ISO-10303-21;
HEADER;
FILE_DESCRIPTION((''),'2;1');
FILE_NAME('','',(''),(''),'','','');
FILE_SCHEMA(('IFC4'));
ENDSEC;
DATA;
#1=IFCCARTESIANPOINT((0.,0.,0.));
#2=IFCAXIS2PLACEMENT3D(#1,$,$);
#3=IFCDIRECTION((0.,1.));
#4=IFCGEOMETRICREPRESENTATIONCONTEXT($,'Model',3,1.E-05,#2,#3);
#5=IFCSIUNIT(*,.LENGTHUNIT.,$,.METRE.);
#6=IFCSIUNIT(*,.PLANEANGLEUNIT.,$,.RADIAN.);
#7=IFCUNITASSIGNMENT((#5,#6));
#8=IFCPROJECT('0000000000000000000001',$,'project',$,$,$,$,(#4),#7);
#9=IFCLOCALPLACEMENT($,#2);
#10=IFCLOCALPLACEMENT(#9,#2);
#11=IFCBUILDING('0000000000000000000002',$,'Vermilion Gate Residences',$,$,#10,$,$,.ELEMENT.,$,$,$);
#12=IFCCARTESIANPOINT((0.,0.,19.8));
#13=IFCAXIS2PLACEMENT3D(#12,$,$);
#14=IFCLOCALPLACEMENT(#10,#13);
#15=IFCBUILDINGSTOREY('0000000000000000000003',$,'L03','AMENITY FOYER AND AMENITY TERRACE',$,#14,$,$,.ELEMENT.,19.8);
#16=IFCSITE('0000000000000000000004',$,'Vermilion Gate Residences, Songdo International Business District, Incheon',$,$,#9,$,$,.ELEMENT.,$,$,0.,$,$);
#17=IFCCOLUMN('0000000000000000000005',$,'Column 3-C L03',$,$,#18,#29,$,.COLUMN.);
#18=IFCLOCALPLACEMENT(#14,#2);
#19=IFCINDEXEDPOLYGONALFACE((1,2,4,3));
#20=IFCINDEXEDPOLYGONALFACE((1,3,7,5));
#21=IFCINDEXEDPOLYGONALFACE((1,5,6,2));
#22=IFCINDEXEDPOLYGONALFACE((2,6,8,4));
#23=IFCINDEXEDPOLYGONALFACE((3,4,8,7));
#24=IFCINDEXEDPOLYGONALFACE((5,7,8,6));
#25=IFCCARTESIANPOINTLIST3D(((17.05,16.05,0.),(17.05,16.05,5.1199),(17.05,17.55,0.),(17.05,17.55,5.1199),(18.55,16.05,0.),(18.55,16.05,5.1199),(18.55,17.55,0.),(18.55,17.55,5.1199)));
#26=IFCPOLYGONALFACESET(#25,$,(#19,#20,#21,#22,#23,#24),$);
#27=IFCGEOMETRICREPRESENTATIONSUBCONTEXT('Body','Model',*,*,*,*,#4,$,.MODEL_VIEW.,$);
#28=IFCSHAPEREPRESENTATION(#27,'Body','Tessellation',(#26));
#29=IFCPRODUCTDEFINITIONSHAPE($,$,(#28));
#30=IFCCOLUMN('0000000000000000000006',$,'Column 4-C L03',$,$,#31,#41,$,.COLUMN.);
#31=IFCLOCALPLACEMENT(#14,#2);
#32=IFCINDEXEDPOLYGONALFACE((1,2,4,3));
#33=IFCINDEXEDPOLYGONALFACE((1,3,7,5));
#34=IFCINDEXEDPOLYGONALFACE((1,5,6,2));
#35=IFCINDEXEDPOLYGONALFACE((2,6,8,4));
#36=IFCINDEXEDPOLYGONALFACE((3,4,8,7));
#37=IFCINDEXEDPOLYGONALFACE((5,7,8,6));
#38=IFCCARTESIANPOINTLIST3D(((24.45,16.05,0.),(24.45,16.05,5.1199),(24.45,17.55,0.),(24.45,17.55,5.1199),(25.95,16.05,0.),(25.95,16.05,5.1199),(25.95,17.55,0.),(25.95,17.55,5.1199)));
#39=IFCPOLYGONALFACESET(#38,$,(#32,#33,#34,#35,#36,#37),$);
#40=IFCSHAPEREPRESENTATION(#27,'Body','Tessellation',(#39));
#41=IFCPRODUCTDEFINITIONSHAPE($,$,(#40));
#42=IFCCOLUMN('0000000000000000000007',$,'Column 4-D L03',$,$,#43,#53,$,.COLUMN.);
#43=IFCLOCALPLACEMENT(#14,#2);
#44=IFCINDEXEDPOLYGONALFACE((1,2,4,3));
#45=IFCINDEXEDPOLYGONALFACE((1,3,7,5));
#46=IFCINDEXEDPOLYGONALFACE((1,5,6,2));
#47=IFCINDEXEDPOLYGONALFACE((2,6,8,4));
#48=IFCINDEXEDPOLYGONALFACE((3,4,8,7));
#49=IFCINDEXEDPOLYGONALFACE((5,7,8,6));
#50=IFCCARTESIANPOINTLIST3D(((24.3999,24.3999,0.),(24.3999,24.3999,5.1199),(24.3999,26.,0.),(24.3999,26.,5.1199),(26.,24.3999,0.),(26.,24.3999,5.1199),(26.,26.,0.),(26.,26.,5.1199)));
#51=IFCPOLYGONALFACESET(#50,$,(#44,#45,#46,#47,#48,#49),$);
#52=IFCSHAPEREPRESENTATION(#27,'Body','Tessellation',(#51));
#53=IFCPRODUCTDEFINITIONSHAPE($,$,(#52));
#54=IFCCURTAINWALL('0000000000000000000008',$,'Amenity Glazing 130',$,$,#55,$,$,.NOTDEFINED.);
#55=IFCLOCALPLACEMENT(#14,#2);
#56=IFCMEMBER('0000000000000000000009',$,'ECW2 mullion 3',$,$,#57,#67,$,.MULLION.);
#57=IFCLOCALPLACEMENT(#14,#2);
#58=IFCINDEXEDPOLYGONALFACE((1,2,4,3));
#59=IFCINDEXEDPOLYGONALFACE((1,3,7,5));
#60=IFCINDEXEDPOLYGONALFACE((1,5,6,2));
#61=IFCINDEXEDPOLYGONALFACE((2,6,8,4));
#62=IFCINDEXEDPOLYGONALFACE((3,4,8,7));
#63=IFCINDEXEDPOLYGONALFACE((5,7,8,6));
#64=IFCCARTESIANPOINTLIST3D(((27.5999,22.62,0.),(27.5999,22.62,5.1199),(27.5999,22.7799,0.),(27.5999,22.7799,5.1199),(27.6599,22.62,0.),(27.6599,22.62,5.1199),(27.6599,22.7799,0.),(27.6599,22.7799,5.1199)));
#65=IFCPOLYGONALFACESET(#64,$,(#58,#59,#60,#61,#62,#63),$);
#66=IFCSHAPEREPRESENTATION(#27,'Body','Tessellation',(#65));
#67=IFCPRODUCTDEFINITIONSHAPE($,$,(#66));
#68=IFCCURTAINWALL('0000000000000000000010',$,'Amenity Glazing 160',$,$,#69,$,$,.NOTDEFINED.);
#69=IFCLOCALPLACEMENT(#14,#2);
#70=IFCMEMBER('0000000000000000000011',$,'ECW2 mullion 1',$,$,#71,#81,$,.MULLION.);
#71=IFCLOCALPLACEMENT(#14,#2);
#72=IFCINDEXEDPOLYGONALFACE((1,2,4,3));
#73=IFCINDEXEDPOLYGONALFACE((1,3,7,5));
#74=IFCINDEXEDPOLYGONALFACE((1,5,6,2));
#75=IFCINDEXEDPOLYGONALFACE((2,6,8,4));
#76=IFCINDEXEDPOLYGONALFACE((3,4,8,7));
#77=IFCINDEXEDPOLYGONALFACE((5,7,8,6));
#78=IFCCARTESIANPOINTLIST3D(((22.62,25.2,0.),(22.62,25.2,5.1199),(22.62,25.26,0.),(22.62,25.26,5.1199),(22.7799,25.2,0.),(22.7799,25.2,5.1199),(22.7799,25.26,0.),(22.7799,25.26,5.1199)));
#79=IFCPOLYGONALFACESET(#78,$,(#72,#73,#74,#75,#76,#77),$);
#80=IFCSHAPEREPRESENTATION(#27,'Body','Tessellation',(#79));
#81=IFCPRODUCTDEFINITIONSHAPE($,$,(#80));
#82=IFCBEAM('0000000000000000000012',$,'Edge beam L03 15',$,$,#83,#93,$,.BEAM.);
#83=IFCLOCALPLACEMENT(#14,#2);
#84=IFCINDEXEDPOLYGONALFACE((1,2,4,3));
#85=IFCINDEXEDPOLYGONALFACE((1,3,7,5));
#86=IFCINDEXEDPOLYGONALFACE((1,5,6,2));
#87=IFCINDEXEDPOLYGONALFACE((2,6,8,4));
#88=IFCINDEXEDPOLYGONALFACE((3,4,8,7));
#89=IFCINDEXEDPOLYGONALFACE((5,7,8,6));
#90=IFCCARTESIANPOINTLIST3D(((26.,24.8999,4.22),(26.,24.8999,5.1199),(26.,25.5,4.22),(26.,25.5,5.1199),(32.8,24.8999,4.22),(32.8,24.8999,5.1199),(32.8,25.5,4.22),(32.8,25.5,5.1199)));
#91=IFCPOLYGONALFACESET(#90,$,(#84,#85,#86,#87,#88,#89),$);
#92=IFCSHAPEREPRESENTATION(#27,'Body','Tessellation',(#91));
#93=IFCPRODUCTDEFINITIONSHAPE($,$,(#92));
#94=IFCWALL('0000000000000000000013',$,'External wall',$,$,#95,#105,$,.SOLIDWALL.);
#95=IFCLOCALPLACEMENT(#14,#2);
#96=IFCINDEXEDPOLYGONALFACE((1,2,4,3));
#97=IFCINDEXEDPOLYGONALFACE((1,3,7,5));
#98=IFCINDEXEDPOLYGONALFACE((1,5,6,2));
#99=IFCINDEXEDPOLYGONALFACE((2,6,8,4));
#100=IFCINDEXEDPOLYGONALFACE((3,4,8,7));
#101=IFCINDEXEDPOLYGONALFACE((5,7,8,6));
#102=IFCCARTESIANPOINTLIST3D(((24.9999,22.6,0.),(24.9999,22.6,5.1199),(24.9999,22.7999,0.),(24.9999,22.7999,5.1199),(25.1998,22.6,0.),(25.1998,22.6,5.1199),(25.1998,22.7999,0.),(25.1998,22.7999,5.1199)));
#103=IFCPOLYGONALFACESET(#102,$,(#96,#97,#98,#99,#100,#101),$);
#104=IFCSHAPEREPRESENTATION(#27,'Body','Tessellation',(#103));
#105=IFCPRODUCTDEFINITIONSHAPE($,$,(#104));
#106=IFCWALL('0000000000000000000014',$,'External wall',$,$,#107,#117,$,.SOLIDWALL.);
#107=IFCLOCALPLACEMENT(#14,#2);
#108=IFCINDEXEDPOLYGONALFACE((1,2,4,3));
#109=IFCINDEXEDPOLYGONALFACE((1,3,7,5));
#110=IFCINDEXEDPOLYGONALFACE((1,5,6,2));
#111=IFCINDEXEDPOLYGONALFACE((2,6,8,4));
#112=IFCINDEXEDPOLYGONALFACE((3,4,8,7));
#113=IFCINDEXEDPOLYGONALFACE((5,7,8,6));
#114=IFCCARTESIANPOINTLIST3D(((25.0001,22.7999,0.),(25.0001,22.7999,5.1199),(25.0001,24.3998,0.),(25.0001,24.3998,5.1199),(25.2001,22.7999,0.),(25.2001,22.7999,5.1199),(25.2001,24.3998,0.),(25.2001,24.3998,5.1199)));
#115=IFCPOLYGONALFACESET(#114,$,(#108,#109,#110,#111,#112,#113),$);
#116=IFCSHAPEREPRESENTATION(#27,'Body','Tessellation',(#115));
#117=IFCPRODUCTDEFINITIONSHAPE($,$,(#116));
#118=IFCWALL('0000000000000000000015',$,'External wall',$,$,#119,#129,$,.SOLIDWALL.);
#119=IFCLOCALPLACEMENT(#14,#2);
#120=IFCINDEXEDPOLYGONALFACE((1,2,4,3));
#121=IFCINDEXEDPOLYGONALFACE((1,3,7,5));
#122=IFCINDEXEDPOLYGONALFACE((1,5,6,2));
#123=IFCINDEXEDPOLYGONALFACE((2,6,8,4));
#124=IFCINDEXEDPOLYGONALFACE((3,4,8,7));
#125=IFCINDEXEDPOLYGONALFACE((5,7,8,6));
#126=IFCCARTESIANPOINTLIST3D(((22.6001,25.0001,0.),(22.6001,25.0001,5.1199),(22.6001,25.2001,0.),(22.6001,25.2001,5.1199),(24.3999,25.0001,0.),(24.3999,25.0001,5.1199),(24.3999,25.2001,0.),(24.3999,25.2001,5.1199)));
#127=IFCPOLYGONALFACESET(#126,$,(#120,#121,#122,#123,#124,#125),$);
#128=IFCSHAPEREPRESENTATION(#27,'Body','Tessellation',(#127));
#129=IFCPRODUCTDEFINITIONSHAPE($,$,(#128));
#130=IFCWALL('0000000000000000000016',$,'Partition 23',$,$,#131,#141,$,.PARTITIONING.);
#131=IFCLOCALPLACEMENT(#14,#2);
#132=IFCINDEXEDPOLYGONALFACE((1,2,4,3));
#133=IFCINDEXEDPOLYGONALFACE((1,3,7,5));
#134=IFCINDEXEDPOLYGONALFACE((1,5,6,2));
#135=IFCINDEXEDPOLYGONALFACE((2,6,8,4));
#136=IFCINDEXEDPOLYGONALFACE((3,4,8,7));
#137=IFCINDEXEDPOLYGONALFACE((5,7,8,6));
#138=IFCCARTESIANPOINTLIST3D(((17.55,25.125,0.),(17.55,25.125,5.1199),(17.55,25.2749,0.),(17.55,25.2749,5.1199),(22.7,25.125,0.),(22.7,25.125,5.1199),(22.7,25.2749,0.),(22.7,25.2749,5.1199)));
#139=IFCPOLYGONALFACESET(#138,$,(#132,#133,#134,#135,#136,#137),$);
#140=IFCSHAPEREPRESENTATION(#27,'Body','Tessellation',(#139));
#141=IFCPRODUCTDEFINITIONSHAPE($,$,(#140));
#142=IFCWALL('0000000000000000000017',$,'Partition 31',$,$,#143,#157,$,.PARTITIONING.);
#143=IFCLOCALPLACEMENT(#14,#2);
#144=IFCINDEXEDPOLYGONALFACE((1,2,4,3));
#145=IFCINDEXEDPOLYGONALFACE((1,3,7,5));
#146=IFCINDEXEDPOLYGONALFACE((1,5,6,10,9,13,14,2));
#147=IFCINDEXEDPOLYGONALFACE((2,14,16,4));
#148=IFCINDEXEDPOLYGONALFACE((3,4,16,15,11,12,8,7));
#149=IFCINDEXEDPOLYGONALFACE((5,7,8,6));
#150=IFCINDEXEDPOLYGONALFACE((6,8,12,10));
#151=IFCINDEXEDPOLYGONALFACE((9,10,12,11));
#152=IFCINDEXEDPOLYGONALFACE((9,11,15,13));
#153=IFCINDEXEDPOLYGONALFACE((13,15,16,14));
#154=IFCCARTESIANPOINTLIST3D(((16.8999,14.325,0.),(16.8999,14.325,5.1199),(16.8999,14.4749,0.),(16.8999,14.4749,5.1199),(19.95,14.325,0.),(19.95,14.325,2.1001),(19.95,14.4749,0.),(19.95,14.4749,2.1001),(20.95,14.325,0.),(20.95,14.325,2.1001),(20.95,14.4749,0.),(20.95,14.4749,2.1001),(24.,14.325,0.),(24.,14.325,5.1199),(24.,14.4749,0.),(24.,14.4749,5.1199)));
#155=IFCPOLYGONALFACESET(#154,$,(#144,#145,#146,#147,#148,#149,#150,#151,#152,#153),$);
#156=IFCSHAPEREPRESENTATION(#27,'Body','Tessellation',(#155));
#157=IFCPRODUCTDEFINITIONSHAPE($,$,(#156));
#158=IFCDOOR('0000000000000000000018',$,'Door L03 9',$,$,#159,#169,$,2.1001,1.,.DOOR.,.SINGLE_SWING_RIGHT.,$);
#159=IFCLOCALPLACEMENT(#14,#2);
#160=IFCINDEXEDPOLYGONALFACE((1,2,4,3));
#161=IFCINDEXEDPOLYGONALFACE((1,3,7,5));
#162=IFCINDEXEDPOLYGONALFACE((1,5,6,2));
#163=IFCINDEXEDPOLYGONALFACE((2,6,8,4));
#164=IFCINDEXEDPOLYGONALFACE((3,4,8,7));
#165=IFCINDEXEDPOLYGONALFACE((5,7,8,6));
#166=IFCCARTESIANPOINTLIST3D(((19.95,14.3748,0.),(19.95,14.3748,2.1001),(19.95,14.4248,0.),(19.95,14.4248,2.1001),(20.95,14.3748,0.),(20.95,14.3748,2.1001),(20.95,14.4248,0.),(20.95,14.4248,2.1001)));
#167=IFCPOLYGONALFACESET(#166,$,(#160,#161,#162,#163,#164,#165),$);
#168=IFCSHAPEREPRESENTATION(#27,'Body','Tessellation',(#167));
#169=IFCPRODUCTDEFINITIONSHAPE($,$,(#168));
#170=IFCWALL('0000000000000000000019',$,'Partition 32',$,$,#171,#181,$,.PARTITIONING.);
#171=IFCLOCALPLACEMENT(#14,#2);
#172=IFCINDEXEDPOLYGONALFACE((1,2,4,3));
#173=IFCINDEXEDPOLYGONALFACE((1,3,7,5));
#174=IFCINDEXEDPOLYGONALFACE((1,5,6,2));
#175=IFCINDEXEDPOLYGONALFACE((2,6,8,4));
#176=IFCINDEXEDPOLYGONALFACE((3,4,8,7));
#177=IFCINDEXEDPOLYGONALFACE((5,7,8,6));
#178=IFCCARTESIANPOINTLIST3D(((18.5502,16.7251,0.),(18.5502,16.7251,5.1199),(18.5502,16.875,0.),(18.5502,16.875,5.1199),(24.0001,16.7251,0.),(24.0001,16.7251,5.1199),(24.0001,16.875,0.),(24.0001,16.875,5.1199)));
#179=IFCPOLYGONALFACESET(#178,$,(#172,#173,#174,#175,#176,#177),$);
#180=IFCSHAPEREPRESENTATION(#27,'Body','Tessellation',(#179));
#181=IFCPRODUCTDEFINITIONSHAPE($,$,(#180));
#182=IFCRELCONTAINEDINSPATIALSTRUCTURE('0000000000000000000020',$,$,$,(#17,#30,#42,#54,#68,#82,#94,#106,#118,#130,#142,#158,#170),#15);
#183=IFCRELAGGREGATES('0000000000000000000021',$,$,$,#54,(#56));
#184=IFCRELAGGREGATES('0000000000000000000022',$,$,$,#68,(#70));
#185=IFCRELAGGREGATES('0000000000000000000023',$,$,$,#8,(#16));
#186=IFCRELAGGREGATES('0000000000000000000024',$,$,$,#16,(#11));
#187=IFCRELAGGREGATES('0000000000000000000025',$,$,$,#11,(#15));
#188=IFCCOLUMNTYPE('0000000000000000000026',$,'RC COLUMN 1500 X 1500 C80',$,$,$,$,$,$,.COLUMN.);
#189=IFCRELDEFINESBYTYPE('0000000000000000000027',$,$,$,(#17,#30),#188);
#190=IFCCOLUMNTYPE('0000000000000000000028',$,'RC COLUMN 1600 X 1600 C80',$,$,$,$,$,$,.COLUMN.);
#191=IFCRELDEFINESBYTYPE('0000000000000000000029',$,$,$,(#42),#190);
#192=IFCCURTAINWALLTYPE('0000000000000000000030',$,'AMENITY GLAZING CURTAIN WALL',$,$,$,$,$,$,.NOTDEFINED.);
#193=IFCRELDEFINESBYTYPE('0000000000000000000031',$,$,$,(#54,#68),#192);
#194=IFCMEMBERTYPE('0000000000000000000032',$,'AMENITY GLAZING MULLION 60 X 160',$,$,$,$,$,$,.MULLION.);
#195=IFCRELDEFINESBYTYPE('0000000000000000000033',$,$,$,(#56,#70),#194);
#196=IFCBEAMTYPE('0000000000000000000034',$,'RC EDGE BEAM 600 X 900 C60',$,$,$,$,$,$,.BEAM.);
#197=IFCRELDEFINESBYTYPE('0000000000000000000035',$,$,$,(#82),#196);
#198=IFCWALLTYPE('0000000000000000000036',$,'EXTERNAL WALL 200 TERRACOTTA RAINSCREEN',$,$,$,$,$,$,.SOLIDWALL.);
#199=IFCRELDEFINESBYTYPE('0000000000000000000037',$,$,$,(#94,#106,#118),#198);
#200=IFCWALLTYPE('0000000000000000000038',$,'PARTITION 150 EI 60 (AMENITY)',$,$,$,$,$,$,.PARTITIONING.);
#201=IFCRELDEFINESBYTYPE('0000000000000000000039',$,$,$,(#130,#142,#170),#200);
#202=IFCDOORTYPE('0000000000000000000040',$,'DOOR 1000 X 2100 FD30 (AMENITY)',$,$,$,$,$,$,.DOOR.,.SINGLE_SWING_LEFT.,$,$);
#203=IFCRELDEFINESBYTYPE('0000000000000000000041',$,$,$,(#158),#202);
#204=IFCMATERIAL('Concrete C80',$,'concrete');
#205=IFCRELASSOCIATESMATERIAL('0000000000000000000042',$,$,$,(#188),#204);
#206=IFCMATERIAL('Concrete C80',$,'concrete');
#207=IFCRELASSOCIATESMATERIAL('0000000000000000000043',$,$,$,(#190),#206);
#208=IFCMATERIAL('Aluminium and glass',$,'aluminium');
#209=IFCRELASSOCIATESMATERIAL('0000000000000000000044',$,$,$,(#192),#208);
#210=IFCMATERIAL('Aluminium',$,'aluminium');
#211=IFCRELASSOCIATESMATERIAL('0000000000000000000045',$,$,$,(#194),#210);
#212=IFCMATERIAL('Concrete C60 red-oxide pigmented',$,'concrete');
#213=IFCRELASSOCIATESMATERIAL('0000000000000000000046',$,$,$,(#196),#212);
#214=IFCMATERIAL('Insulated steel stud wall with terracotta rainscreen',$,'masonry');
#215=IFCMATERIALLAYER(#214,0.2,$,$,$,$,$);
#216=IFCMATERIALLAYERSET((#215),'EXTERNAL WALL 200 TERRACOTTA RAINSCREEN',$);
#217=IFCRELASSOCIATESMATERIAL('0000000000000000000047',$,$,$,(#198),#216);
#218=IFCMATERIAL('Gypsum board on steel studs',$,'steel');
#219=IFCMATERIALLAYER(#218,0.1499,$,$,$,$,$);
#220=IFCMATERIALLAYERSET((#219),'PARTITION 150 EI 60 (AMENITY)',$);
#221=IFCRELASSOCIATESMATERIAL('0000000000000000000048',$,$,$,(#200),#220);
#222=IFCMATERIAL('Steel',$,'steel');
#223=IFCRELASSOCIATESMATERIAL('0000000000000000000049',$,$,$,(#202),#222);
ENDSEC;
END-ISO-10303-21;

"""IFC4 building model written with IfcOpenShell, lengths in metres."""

from ifc_helpers import new_model, si_unit, direction, frame, frame_2d, origin, origin_2d, place, context, subcontext, project, spatial, rectangle, extrude, material, layer, layer_set, material_profile, profile_set, type_object, element, fill, aggregate, save


model = new_model("IFC4")

# Units and contexts
model_context = context("Model", 3, precision=1e-05, world=origin(), true_north=direction((0.0, 1.0)))
body_context = subcontext(model_context, "Body", "Model", "MODEL_VIEW")
ifc_project = project(units=[si_unit("LENGTHUNIT", "METRE"), si_unit("PLANEANGLEUNIT", "RADIAN")], contexts=[model_context])

# Site, building, storey
site_placement = place(None, origin())
site = spatial("IfcSite", under=ifc_project, at=site_placement, Name="Vermilion Gate Residences, Songdo International Business District, Incheon", CompositionType="ELEMENT", RefElevation=0.0)
building_placement = place(site_placement, origin())
building = spatial("IfcBuilding", under=site, at=building_placement, Name="Vermilion Gate Residences", CompositionType="ELEMENT")
storey_placement = place(building_placement, frame((0.0, 0.0, 19.8)))
storey = spatial("IfcBuildingStorey", under=building, at=storey_placement, Name="L03", Description="AMENITY FOYER AND AMENITY TERRACE", CompositionType="ELEMENT", Elevation=19.8)

# Columns
ifc_material_1 = material(Name="Concrete C80", Category="concrete")
ifc_material_profile_1 = material_profile(ifc_material_1, rectangle(XDim=1.5, YDim=1.5, at=origin_2d()), Name="RC-1500x1500")
ifc_profile_set_1 = profile_set([ifc_material_profile_1], Name="Concrete C80")
column_type_1 = type_object("IfcColumnType", Name="RC COLUMN 1500 X 1500 C80", PredefinedType="COLUMN", material=ifc_profile_set_1)
for number, where, z_axis, x_axis, name in (
    (1, (17.8, 16.8, 0.0), (0.0, 0.0, 1.0), (1.0, 0.0, 0.0), "Column 3-C L03"),
    (2, (25.2, 16.8, 0.0), (0.0, 0.0, 1.0), (1.0, 0.0, 0.0), "Column 4-C L03"),
):
    element("IfcColumn", number, at=place(storey_placement, frame(where, z_axis=z_axis, x_axis=x_axis)), inside=storey, type_object=column_type_1, Name=name, PredefinedType="COLUMN", context=body_context, shape_type="SweptSolid", body=[
        extrude(rectangle(XDim=1.5, YDim=1.5, at=origin_2d()), origin(), (0.0, 0.0, 1.0), 5.1199),
    ])
ifc_material_2 = material(Name="Concrete C80", Category="concrete")
ifc_material_profile_2 = material_profile(ifc_material_2, rectangle(XDim=1.6001, YDim=1.6001, at=origin_2d()), Name="RC-1600x1600")
ifc_profile_set_2 = profile_set([ifc_material_profile_2], Name="Concrete C80")
column_type_2 = type_object("IfcColumnType", Name="RC COLUMN 1600 X 1600 C80", PredefinedType="COLUMN", material=ifc_profile_set_2)
column_placement = place(storey_placement, frame((25.2, 25.2, 0.0), z_axis=(0.0, 0.0, 1.0), x_axis=(1.0, 0.0, 0.0)))
element("IfcColumn", 3, at=column_placement, inside=storey, type_object=column_type_2, Name="Column 4-D L03", PredefinedType="COLUMN", context=body_context, shape_type="SweptSolid", body=[
    extrude(rectangle(XDim=1.6001, YDim=1.6001, at=origin_2d()), origin(), (0.0, 0.0, 1.0), 5.1199),
])

# Curtain walls, members
ifc_material_3 = material(Name="Aluminium and glass", Category="aluminium")
curtain_wall_type = type_object("IfcCurtainWallType", Name="AMENITY GLAZING CURTAIN WALL", PredefinedType="NOTDEFINED", material=ifc_material_3)
curtain_wall_1_placement = place(storey_placement, origin())
curtain_wall_1 = element("IfcCurtainWall", 4, at=curtain_wall_1_placement, inside=storey, type_object=curtain_wall_type, Name="Amenity Glazing 130", PredefinedType="NOTDEFINED")
ifc_material_4 = material(Name="Aluminium", Category="aluminium")
ifc_material_profile_3 = material_profile(ifc_material_4, rectangle(XDim=0.1599, YDim=0.0601, at=origin_2d()), Name="MULLION 60 X 160")
ifc_profile_set_3 = profile_set([ifc_material_profile_3], Name="Aluminium")
member_type = type_object("IfcMemberType", Name="AMENITY GLAZING MULLION 60 X 160", PredefinedType="MULLION", material=ifc_profile_set_3)
member_1_placement = place(storey_placement, frame((27.6299, 22.7, 0.0), z_axis=(0.0, 0.0, 1.0), x_axis=(0.0, -1.0, 0.0)))
member_1 = element("IfcMember", 5, at=member_1_placement, type_object=member_type, Name="ECW2 mullion 3", PredefinedType="MULLION", context=body_context, shape_type="SweptSolid", body=[
    extrude(rectangle(XDim=0.1599, YDim=0.0601, at=origin_2d()), origin(), (0.0, 0.0, 1.0), 5.1199),
])
aggregate(curtain_wall_1, [member_1])
curtain_wall_2_placement = place(storey_placement, origin())
curtain_wall_2 = element("IfcCurtainWall", 6, at=curtain_wall_2_placement, inside=storey, type_object=curtain_wall_type, Name="Amenity Glazing 160", PredefinedType="NOTDEFINED")
member_2_placement = place(storey_placement, frame((22.7, 25.23, 0.0), z_axis=(0.0, 0.0, 1.0), x_axis=(-1.0, 0.0, 0.0)))
member_2 = element("IfcMember", 7, at=member_2_placement, type_object=member_type, Name="ECW2 mullion 1", PredefinedType="MULLION", context=body_context, shape_type="SweptSolid", body=[
    extrude(rectangle(XDim=0.1599, YDim=0.0601, at=origin_2d()), origin(), (0.0, 0.0, 1.0), 5.1199),
])
aggregate(curtain_wall_2, [member_2])

# Beam
ifc_material_5 = material(Name="Concrete C60 red-oxide pigmented", Category="concrete")
ifc_material_profile_4 = material_profile(ifc_material_5, rectangle(XDim=0.6001, YDim=0.8999, at=origin_2d()), Name="RC-600x900")
ifc_profile_set_4 = profile_set([ifc_material_profile_4], Name="Concrete C60 red-oxide pigmented")
beam_type = type_object("IfcBeamType", Name="RC EDGE BEAM 600 X 900 C60", PredefinedType="BEAM", material=ifc_profile_set_4)
beam_placement = place(storey_placement, frame((26.0, 25.2, 4.6699), z_axis=(1.0, 0.0, 0.0), x_axis=(0.0, 1.0, 0.0)))
element("IfcBeam", 8, at=beam_placement, inside=storey, type_object=beam_type, Name="Edge beam L03 15", PredefinedType="BEAM", context=body_context, shape_type="SweptSolid", body=[
    extrude(rectangle(XDim=0.6001, YDim=0.8999, at=origin_2d()), origin(), (0.0, 0.0, 1.0), 6.8),
])

# Shared definitions
ifc_material_6 = material(Name="Insulated steel stud wall with terracotta rainscreen", Category="masonry")
ifc_layer_1 = layer(ifc_material_6, 0.2)
ifc_layer_set_1 = layer_set([ifc_layer_1], Name="EXTERNAL WALL 200 TERRACOTTA RAINSCREEN")
wall_type_1 = type_object("IfcWallType", Name="EXTERNAL WALL 200 TERRACOTTA RAINSCREEN", PredefinedType="SOLIDWALL", material=ifc_layer_set_1)

# Walls
wall_1_placement = place(storey_placement, frame((25.2, 22.7, 0.0), z_axis=(0.0, 0.0, 1.0), x_axis=(-1.0, 0.0, 0.0)))
element("IfcWall", 9, at=wall_1_placement, inside=storey, type_object=wall_type_1, Name="External wall", PredefinedType="SOLIDWALL", context=body_context, shape_type="SweptSolid", body=[
    extrude(rectangle(XDim=0.2, YDim=0.2, at=frame_2d((0.1001, 0.0))), origin(), (0.0, 0.0, 1.0), 5.1199),
])
wall_2_placement = place(storey_placement, frame((25.1001, 22.8, 0.0), z_axis=(0.0, 0.0, 1.0), x_axis=(0.0, 1.0, 0.0)))
element("IfcWall", 10, at=wall_2_placement, inside=storey, type_object=wall_type_1, Name="External wall", PredefinedType="SOLIDWALL", context=body_context, shape_type="SweptSolid", body=[
    extrude(rectangle(XDim=1.5999, YDim=0.2, at=frame_2d((0.7998, 0.0))), origin(), (0.0, 0.0, 1.0), 5.1199),
])
wall_3_placement = place(storey_placement, frame((24.3999, 25.1001, 0.0), z_axis=(0.0, 0.0, 1.0), x_axis=(-1.0, 0.0, 0.0)))
element("IfcWall", 11, at=wall_3_placement, inside=storey, type_object=wall_type_1, Name="External wall", PredefinedType="SOLIDWALL", context=body_context, shape_type="SweptSolid", body=[
    extrude(rectangle(XDim=1.7998, YDim=0.2, at=frame_2d((0.8999, 0.0))), origin(), (0.0, 0.0, 1.0), 5.1199),
])
ifc_material_7 = material(Name="Gypsum board on steel studs", Category="steel")
ifc_layer_2 = layer(ifc_material_7, 0.1499)
ifc_layer_set_2 = layer_set([ifc_layer_2], Name="PARTITION 150 EI 60 (AMENITY)")
wall_type_2 = type_object("IfcWallType", Name="PARTITION 150 EI 60 (AMENITY)", PredefinedType="PARTITIONING", material=ifc_layer_set_2)
wall_4_placement = place(storey_placement, frame((17.55, 25.2, 0.0), z_axis=(0.0, 0.0, 1.0), x_axis=(1.0, 0.0, 0.0)))
element("IfcWall", 12, at=wall_4_placement, inside=storey, type_object=wall_type_2, Name="Partition 23", PredefinedType="PARTITIONING", context=body_context, shape_type="SweptSolid", body=[
    extrude(rectangle(XDim=5.1499, YDim=0.1499, at=frame_2d((2.575, 0.0))), origin(), (0.0, 0.0, 1.0), 5.1199),
])

# Wall, opening, door
wall_5_placement = place(storey_placement, frame((16.8999, 14.3999, 0.0), z_axis=(0.0, 0.0, 1.0), x_axis=(1.0, 0.0, 0.0)))
wall_5 = element("IfcWall", 13, at=wall_5_placement, inside=storey, type_object=wall_type_2, Name="Partition 31", PredefinedType="PARTITIONING", context=body_context, shape_type="SweptSolid", body=[
    extrude(rectangle(XDim=7.1001, YDim=0.1499, at=frame_2d((3.55, 0.0))), origin(), (0.0, 0.0, 1.0), 5.1199),
])
opening_1_placement = place(wall_5_placement, frame((3.05, 0.0, 0.0)))
opening_1 = element("IfcOpeningElement", 14, at=opening_1_placement, cuts=wall_5, PredefinedType="OPENING", context=body_context, shape_type="SweptSolid", body=[
    extrude(rectangle(XDim=1.0, YDim=2.1001, at=frame_2d((0.5, 1.05))), frame((0.0, 0.085, 0.0), z_axis=(0.0, -1.0, 0.0), x_axis=(1.0, 0.0, 0.0)), (0.0, 0.0, 1.0), 0.1699),
])
ifc_material_8 = material(Name="Steel", Category="steel")
door_type_1 = type_object("IfcDoorType", Name="DOOR 1000 X 2100 FD30 (AMENITY)", OperationType="SINGLE_SWING_LEFT", PredefinedType="DOOR", material=ifc_material_8)
door_1_placement = place(opening_1_placement, origin())
door_1 = element("IfcDoor", 15, at=door_1_placement, inside=storey, type_object=door_type_1, Name="Door L03 9", OperationType="SINGLE_SWING_RIGHT", OverallHeight=2.1001, OverallWidth=1.0, PredefinedType="DOOR", context=body_context, shape_type="SweptSolid", body=[
    extrude(rectangle(XDim=1.0, YDim=2.1001, at=frame_2d((0.5, 1.05))), frame((0.0, 0.0249, 0.0), z_axis=(0.0, -1.0, 0.0), x_axis=(1.0, 0.0, 0.0)), (0.0, 0.0, 1.0), 0.05),
])
fill(opening_1, door_1)

# Wall
wall_6_placement = place(storey_placement, frame((18.55, 16.8, 0.0), z_axis=(0.0, 0.0, 1.0), x_axis=(1.0, 0.0, 0.0)))
element("IfcWall", 16, at=wall_6_placement, inside=storey, type_object=wall_type_2, Name="Partition 32", PredefinedType="PARTITIONING", context=body_context, shape_type="SweptSolid", body=[
    extrude(rectangle(XDim=5.45, YDim=0.1499, at=frame_2d((2.7251, 0.0))), origin(), (0.0, 0.0, 1.0), 5.1199),
])

save(model, "model.ifc")
